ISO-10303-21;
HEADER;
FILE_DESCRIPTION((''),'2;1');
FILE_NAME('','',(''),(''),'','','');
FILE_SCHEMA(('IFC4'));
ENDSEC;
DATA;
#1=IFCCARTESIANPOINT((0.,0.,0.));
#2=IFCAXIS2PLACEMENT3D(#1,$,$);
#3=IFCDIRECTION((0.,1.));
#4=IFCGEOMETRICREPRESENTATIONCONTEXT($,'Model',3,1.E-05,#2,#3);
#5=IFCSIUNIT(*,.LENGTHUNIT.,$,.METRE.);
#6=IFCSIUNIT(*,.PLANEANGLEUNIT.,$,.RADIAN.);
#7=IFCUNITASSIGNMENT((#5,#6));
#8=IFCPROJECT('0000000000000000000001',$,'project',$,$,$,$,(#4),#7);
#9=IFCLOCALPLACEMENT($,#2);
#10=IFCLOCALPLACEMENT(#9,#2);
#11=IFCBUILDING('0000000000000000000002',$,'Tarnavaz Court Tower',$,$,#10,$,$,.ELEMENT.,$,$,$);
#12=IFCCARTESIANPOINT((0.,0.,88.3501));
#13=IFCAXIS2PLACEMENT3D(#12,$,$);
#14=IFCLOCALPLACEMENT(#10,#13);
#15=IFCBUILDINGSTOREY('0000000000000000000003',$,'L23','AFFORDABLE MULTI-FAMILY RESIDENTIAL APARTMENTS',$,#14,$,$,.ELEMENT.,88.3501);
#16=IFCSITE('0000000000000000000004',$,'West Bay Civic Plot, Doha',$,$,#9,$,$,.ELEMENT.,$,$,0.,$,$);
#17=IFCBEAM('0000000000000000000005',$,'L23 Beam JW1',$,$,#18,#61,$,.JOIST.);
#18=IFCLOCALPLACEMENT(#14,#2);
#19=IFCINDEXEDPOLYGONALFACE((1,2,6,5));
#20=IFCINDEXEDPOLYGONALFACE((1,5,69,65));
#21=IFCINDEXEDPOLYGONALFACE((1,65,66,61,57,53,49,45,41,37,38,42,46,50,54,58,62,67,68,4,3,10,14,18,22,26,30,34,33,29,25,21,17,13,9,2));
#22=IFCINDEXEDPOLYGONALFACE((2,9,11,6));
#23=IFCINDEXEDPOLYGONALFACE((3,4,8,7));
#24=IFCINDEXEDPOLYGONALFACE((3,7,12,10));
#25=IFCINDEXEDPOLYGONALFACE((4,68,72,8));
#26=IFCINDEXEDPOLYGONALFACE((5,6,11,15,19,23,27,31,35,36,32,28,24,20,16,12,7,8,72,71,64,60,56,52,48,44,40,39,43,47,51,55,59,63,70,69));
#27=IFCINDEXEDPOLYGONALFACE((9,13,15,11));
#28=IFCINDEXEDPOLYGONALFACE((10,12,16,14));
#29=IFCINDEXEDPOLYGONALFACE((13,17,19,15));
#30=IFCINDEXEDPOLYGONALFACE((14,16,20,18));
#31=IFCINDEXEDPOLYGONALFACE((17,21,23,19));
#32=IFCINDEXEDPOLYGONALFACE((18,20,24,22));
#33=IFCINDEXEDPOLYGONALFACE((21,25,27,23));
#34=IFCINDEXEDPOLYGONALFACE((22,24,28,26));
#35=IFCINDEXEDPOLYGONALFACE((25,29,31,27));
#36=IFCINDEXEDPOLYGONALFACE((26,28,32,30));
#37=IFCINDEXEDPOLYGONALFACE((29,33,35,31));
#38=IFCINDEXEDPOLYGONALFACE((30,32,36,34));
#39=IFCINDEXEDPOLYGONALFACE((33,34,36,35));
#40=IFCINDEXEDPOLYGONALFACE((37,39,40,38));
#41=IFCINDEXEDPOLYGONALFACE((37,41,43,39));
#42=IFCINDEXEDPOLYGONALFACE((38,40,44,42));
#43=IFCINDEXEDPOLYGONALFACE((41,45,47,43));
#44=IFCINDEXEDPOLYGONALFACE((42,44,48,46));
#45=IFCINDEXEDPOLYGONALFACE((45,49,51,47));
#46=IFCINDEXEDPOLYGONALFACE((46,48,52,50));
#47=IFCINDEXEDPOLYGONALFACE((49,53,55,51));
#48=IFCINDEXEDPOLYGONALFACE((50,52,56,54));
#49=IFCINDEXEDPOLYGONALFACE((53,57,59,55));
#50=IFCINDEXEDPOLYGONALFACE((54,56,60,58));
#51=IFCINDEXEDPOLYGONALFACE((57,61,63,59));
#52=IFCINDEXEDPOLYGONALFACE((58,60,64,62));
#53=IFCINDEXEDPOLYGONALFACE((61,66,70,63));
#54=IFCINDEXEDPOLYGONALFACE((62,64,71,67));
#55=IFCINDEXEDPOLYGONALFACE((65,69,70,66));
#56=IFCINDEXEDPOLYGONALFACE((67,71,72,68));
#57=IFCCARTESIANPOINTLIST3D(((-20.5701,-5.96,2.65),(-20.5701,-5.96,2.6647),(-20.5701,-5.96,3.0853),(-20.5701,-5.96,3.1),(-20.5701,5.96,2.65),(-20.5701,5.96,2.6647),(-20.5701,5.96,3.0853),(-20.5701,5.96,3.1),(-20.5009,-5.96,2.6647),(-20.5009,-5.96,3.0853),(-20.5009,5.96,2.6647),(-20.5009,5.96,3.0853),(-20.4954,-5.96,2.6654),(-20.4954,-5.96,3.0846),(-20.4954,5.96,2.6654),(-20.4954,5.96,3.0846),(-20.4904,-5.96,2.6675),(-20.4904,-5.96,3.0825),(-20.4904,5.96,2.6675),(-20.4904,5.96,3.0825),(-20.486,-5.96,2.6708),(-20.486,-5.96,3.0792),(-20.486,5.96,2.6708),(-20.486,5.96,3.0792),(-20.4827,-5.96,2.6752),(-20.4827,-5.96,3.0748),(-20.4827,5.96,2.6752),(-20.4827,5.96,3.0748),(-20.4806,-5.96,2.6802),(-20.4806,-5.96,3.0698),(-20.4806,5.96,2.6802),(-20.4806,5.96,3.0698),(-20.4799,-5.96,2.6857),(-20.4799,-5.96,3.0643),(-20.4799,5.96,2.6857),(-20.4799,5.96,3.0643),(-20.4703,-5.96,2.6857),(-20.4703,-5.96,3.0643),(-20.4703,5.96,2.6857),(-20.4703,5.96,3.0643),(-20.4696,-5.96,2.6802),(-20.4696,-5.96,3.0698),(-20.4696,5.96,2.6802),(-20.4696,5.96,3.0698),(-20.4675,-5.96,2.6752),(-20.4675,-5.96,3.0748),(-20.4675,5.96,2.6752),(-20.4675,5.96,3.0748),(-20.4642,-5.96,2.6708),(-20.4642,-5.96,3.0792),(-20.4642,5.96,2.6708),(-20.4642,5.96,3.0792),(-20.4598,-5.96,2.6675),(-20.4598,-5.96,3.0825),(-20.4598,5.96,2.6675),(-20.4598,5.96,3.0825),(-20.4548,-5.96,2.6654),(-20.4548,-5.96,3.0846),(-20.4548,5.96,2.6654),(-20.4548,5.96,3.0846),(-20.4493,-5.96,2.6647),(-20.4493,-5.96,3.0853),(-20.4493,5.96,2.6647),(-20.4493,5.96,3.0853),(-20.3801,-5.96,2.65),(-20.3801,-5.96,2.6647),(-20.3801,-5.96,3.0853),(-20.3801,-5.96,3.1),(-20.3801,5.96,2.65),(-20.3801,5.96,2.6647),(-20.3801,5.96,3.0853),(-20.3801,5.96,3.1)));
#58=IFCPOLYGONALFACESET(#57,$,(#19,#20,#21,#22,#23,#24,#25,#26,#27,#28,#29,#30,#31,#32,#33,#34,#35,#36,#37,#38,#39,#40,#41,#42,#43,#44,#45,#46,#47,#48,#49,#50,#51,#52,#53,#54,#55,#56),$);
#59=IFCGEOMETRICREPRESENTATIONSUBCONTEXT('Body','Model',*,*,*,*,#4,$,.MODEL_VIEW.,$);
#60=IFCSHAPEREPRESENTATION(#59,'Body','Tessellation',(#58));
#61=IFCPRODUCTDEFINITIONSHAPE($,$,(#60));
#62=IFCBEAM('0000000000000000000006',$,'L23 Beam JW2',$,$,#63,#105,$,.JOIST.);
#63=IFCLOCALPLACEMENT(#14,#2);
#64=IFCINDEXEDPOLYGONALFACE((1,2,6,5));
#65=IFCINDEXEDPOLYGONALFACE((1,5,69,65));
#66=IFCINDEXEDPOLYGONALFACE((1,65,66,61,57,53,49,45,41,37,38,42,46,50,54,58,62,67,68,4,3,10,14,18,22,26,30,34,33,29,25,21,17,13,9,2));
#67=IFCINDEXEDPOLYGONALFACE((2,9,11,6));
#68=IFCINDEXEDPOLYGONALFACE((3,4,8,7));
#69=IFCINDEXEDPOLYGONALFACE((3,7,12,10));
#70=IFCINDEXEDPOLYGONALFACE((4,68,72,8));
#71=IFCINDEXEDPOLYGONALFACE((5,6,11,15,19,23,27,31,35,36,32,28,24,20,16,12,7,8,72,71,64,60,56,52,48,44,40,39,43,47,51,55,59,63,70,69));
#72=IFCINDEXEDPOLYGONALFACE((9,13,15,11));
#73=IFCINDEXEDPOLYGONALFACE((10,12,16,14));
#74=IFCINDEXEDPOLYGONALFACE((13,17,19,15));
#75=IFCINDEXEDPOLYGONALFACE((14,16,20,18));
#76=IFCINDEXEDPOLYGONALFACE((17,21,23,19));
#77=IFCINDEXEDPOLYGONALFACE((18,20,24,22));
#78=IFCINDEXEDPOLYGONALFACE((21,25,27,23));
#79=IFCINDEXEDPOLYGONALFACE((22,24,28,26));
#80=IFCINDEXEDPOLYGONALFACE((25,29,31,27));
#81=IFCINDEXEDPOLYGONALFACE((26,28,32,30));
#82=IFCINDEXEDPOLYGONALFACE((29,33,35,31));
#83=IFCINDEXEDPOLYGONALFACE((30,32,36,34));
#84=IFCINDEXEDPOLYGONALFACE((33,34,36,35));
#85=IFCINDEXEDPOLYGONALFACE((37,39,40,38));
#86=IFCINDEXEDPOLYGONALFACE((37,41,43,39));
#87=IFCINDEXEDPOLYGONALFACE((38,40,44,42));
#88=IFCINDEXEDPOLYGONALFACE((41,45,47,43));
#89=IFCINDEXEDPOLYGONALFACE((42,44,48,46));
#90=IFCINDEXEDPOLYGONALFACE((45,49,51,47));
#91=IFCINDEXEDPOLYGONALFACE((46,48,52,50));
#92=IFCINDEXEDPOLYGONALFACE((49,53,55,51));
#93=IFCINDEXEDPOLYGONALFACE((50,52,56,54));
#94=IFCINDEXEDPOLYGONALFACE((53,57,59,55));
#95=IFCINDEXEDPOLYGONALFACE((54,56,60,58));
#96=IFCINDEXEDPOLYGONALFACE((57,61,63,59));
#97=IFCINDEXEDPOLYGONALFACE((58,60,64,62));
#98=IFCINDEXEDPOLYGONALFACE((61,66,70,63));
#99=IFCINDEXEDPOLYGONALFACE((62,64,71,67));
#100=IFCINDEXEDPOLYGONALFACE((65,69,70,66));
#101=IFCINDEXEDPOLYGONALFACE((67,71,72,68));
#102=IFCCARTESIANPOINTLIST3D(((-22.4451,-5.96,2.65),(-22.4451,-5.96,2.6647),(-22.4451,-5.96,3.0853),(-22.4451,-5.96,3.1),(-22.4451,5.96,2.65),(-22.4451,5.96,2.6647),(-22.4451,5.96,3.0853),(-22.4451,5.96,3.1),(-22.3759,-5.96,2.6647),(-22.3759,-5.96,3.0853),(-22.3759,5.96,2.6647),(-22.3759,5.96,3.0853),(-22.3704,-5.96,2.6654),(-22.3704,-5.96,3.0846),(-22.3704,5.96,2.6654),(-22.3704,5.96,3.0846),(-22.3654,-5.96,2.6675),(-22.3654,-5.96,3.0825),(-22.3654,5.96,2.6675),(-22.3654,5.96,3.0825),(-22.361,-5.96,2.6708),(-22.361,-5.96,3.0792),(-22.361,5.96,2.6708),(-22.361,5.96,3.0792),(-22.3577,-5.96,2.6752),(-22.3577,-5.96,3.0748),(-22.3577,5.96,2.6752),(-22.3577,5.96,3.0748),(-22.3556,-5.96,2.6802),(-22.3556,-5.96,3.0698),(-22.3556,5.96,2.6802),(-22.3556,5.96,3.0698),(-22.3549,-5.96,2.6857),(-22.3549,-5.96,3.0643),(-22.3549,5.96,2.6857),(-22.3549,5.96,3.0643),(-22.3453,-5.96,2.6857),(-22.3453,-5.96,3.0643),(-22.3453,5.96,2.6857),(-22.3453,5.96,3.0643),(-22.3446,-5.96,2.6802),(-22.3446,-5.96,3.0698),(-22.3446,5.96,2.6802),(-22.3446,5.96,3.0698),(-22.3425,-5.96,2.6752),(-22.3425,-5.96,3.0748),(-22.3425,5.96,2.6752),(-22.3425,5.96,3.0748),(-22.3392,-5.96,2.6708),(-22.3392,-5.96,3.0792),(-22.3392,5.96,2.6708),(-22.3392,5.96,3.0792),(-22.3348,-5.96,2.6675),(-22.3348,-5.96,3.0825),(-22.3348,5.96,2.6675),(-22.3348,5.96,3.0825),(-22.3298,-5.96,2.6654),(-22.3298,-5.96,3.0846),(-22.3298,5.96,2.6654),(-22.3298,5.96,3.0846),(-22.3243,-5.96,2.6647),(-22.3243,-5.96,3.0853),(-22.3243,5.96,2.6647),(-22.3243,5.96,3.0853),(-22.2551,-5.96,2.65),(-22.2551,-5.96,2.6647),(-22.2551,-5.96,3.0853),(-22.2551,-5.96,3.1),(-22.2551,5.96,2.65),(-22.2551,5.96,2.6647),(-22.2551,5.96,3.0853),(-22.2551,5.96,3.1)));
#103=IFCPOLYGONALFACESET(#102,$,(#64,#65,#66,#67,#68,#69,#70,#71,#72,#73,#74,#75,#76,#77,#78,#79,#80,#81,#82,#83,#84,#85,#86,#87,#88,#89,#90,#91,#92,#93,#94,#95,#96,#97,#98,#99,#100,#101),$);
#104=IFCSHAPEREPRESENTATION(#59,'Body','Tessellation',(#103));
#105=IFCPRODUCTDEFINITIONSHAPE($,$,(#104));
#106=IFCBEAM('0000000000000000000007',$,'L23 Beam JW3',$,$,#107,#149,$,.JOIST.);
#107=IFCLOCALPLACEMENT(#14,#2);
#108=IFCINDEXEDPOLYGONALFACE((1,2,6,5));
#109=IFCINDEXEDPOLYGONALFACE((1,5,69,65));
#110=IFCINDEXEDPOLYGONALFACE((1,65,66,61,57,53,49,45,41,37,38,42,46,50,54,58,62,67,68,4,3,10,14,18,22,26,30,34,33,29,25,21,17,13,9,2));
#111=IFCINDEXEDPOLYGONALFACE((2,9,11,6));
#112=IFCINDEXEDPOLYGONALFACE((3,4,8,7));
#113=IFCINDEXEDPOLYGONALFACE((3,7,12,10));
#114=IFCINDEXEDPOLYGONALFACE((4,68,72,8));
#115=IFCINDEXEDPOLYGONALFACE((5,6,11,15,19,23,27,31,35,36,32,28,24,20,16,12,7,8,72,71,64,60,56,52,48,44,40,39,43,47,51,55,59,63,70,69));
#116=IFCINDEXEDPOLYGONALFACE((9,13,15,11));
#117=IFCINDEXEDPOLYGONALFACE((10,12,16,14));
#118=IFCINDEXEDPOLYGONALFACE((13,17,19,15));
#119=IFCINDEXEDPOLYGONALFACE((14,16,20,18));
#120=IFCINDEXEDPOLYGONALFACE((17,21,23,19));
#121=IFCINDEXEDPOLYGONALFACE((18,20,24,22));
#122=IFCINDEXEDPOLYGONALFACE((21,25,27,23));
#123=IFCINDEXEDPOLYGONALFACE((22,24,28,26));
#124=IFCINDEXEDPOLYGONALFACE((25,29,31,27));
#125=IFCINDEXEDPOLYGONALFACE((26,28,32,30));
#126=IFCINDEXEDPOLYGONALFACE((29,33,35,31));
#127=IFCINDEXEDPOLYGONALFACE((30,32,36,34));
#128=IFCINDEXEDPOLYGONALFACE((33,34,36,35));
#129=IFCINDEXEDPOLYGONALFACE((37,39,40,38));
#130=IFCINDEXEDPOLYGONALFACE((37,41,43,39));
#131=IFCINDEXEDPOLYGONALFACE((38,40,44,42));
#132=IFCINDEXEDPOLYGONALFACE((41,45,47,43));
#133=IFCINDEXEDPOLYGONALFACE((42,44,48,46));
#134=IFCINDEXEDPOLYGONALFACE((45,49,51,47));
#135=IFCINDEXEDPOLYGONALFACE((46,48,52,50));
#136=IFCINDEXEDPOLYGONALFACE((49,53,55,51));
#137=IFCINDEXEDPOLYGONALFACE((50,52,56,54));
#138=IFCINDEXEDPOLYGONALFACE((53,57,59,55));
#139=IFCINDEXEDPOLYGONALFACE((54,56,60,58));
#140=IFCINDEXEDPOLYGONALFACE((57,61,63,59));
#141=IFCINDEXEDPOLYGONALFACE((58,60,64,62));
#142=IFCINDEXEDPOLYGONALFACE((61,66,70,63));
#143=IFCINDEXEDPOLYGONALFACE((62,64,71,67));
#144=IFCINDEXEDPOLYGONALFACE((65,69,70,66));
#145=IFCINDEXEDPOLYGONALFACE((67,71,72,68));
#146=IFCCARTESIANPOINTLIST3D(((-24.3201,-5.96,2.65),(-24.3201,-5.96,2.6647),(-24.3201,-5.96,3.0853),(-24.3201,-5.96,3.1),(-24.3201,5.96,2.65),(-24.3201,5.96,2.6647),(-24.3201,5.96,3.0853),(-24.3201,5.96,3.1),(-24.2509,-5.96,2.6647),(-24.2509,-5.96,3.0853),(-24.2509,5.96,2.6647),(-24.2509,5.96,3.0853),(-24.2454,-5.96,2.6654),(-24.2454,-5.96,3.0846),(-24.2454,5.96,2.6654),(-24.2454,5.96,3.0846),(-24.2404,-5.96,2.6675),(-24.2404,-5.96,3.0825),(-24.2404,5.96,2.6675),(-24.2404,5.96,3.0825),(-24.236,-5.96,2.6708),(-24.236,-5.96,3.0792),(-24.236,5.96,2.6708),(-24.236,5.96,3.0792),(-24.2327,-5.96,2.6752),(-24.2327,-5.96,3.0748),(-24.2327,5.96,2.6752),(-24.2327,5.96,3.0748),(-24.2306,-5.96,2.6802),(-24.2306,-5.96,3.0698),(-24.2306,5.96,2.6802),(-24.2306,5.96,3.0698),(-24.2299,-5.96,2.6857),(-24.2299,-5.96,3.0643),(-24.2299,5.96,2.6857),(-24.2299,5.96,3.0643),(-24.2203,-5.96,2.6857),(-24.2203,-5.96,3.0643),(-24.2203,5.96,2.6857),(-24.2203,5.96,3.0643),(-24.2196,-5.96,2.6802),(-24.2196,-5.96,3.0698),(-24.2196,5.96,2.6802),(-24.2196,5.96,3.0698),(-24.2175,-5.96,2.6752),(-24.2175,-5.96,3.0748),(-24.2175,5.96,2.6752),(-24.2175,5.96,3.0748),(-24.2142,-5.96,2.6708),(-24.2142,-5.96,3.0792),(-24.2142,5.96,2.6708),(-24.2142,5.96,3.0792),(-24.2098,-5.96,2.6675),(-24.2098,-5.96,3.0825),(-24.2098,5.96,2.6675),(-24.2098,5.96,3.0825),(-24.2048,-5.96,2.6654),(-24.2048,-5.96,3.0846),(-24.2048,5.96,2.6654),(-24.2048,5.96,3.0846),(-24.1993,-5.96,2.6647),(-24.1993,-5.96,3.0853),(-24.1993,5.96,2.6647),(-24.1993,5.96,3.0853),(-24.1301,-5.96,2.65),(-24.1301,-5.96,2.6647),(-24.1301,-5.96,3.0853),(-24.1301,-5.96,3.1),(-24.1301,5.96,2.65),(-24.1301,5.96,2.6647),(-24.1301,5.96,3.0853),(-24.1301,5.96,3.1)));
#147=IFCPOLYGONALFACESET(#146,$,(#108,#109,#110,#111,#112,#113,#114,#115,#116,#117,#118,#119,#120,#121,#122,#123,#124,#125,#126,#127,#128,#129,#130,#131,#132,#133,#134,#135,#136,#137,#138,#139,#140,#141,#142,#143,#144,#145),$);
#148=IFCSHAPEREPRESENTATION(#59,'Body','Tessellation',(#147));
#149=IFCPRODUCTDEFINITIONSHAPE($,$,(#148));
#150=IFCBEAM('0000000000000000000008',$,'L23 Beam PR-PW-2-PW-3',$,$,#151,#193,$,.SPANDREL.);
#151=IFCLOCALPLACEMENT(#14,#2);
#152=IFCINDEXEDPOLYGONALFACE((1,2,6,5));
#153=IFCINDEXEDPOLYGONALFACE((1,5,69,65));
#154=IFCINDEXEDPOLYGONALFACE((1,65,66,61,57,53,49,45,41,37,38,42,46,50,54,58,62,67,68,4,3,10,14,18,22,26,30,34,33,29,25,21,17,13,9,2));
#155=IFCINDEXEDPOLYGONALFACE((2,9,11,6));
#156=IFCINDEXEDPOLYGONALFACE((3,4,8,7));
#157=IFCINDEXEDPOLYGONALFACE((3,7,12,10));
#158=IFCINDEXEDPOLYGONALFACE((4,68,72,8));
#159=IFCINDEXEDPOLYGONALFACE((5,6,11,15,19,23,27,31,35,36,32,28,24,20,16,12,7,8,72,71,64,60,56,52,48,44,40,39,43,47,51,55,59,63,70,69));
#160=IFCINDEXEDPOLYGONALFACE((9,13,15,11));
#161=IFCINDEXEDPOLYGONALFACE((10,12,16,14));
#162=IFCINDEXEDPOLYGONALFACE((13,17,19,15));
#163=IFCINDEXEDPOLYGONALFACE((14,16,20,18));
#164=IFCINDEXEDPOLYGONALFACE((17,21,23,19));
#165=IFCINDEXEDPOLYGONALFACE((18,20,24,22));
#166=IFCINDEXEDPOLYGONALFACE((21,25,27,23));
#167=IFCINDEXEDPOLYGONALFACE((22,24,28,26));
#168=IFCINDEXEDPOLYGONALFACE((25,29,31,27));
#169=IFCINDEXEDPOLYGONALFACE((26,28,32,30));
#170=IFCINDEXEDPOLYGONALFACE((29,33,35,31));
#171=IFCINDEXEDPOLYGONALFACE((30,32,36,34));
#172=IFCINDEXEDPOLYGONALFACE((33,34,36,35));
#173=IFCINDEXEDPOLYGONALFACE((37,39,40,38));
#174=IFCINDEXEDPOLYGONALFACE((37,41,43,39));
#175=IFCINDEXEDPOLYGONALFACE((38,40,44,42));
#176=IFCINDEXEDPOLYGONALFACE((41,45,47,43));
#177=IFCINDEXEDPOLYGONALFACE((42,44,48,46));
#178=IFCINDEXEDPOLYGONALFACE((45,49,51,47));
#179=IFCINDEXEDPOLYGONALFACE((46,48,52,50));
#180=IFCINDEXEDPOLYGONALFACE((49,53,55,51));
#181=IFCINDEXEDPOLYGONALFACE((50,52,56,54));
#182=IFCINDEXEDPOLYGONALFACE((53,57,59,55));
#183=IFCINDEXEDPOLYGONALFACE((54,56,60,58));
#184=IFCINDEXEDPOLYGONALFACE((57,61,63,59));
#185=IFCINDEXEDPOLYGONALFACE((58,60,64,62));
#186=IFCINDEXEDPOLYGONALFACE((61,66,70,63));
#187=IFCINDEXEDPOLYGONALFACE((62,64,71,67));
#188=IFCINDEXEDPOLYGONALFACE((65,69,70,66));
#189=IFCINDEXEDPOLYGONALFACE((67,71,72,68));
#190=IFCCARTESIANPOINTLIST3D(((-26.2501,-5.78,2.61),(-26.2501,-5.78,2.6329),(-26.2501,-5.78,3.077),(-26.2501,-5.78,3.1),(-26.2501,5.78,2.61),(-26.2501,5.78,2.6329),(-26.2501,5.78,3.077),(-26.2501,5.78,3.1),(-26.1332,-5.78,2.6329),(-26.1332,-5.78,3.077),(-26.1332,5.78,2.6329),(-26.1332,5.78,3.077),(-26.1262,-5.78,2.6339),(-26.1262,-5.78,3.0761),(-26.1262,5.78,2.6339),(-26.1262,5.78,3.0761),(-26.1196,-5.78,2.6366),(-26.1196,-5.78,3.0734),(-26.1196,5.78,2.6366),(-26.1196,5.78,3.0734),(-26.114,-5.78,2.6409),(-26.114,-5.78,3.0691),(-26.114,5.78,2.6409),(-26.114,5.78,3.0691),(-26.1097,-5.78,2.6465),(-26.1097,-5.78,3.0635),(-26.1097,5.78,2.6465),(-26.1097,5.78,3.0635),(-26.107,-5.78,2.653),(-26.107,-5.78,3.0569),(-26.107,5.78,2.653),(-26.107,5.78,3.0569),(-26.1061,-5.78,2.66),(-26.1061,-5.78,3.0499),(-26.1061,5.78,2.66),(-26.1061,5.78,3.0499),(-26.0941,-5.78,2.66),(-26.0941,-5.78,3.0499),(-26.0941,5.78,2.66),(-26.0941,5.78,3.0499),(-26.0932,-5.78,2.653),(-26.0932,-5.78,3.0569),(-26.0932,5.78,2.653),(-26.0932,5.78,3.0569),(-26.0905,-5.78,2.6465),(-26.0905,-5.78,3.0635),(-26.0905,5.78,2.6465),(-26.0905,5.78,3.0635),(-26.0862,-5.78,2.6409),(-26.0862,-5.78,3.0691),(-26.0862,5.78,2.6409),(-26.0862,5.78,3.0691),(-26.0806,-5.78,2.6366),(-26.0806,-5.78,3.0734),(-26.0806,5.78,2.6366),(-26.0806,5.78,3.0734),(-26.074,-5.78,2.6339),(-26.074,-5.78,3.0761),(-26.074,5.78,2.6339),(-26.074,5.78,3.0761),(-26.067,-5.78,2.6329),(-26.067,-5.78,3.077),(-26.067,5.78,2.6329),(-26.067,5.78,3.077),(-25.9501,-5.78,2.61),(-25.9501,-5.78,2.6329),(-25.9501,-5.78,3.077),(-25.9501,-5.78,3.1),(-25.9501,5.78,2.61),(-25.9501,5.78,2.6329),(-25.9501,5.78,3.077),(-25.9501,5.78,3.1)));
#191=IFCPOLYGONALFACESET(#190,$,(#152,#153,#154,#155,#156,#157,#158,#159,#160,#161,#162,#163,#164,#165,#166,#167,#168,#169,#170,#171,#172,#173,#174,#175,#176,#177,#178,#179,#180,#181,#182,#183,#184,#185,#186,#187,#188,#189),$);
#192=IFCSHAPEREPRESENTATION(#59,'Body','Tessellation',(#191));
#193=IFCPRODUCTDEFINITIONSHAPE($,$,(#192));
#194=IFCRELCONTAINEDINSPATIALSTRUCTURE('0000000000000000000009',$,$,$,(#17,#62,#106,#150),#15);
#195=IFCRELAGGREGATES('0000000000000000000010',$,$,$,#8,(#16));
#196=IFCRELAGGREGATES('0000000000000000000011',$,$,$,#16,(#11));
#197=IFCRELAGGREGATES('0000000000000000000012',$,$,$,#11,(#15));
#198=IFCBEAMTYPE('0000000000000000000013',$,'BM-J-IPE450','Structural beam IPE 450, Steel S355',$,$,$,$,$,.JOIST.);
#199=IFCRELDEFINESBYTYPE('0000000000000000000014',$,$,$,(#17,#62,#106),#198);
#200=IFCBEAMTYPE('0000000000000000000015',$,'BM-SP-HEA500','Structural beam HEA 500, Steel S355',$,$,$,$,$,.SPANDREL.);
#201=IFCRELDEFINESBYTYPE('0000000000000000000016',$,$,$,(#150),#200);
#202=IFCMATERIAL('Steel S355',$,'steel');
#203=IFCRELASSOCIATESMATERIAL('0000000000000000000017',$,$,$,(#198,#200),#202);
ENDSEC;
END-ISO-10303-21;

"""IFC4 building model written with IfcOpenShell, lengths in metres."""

from ifc_helpers import new_model, si_unit, direction, frame, origin, origin_2d, place, context, subcontext, project, spatial, i_section, extrude, material, material_profile, profile_set, type_object, element, save


model = new_model("IFC4")

# Units and contexts
model_context = context("Model", 3, precision=1e-05, world=origin(), true_north=direction((0.0, 1.0)))
body_context = subcontext(model_context, "Body", "Model", "MODEL_VIEW")
ifc_project = project(units=[si_unit("LENGTHUNIT", "METRE"), si_unit("PLANEANGLEUNIT", "RADIAN")], contexts=[model_context])

# Site, building, storey
site_placement = place(None, origin())
site = spatial("IfcSite", under=ifc_project, at=site_placement, Name="West Bay Civic Plot, Doha", CompositionType="ELEMENT", RefElevation=0.0)
building_placement = place(site_placement, origin())
building = spatial("IfcBuilding", under=site, at=building_placement, Name="Tarnavaz Court Tower", CompositionType="ELEMENT")
storey_placement = place(building_placement, frame((0.0, 0.0, 88.3501)))
storey = spatial("IfcBuildingStorey", under=building, at=storey_placement, Name="L23", Description="AFFORDABLE MULTI-FAMILY RESIDENTIAL APARTMENTS", CompositionType="ELEMENT", Elevation=88.3501)

# Beams
ifc_material_1 = material(Name="Steel S355", Category="steel")
ifc_material_profile_1 = material_profile(ifc_material_1, i_section(OverallWidth=0.1899, OverallDepth=0.45, WebThickness=0.0095, FlangeThickness=0.0146, FilletRadius=0.021, at=origin_2d()), Name="IPE 450")
ifc_profile_set_1 = profile_set([ifc_material_profile_1], Name="Steel S355")
beam_type_1 = type_object("IfcBeamType", Name="BM-J-IPE450", Description="Structural beam IPE 450, Steel S355", PredefinedType="JOIST", material=ifc_profile_set_1)
for number, where, z_axis, x_axis, name in (
    (1, (-20.4751, -5.96, 2.875), (0.0, 1.0, 0.0), (-1.0, 0.0, 0.0), "L23 Beam JW1"),
    (2, (-22.3501, -5.96, 2.875), (0.0, 1.0, 0.0), (-1.0, 0.0, 0.0), "L23 Beam JW2"),
    (3, (-24.2251, -5.96, 2.875), (0.0, 1.0, 0.0), (-1.0, 0.0, 0.0), "L23 Beam JW3"),
):
    element("IfcBeam", number, at=place(storey_placement, frame(where, z_axis=z_axis, x_axis=x_axis)), inside=storey, type_object=beam_type_1, Name=name, PredefinedType="JOIST", context=body_context, shape_type="SweptSolid", body=[
        extrude(i_section(OverallWidth=0.1899, OverallDepth=0.45, WebThickness=0.0095, FlangeThickness=0.0146, FilletRadius=0.021, at=origin_2d()), origin(), (0.0, 0.0, 1.0), 11.9199),
    ])
ifc_material_profile_2 = material_profile(ifc_material_1, i_section(OverallWidth=0.3, OverallDepth=0.49, WebThickness=0.012, FlangeThickness=0.0229, FilletRadius=0.0271, at=origin_2d()), Name="HEA 500")
ifc_profile_set_2 = profile_set([ifc_material_profile_2], Name="Steel S355")
beam_type_2 = type_object("IfcBeamType", Name="BM-SP-HEA500", Description="Structural beam HEA 500, Steel S355", PredefinedType="SPANDREL", material=ifc_profile_set_2)
beam_1_placement = place(storey_placement, frame((-26.1001, -5.78, 2.855), z_axis=(0.0, 1.0, 0.0), x_axis=(-1.0, 0.0, 0.0)))
element("IfcBeam", 4, at=beam_1_placement, inside=storey, type_object=beam_type_2, Name="L23 Beam PR-PW-2-PW-3", PredefinedType="SPANDREL", context=body_context, shape_type="SweptSolid", body=[
    extrude(i_section(OverallWidth=0.3, OverallDepth=0.49, WebThickness=0.012, FlangeThickness=0.0229, FilletRadius=0.0271, at=origin_2d()), origin(), (0.0, 0.0, 1.0), 11.5601),
])

save(model, "model.ifc")
